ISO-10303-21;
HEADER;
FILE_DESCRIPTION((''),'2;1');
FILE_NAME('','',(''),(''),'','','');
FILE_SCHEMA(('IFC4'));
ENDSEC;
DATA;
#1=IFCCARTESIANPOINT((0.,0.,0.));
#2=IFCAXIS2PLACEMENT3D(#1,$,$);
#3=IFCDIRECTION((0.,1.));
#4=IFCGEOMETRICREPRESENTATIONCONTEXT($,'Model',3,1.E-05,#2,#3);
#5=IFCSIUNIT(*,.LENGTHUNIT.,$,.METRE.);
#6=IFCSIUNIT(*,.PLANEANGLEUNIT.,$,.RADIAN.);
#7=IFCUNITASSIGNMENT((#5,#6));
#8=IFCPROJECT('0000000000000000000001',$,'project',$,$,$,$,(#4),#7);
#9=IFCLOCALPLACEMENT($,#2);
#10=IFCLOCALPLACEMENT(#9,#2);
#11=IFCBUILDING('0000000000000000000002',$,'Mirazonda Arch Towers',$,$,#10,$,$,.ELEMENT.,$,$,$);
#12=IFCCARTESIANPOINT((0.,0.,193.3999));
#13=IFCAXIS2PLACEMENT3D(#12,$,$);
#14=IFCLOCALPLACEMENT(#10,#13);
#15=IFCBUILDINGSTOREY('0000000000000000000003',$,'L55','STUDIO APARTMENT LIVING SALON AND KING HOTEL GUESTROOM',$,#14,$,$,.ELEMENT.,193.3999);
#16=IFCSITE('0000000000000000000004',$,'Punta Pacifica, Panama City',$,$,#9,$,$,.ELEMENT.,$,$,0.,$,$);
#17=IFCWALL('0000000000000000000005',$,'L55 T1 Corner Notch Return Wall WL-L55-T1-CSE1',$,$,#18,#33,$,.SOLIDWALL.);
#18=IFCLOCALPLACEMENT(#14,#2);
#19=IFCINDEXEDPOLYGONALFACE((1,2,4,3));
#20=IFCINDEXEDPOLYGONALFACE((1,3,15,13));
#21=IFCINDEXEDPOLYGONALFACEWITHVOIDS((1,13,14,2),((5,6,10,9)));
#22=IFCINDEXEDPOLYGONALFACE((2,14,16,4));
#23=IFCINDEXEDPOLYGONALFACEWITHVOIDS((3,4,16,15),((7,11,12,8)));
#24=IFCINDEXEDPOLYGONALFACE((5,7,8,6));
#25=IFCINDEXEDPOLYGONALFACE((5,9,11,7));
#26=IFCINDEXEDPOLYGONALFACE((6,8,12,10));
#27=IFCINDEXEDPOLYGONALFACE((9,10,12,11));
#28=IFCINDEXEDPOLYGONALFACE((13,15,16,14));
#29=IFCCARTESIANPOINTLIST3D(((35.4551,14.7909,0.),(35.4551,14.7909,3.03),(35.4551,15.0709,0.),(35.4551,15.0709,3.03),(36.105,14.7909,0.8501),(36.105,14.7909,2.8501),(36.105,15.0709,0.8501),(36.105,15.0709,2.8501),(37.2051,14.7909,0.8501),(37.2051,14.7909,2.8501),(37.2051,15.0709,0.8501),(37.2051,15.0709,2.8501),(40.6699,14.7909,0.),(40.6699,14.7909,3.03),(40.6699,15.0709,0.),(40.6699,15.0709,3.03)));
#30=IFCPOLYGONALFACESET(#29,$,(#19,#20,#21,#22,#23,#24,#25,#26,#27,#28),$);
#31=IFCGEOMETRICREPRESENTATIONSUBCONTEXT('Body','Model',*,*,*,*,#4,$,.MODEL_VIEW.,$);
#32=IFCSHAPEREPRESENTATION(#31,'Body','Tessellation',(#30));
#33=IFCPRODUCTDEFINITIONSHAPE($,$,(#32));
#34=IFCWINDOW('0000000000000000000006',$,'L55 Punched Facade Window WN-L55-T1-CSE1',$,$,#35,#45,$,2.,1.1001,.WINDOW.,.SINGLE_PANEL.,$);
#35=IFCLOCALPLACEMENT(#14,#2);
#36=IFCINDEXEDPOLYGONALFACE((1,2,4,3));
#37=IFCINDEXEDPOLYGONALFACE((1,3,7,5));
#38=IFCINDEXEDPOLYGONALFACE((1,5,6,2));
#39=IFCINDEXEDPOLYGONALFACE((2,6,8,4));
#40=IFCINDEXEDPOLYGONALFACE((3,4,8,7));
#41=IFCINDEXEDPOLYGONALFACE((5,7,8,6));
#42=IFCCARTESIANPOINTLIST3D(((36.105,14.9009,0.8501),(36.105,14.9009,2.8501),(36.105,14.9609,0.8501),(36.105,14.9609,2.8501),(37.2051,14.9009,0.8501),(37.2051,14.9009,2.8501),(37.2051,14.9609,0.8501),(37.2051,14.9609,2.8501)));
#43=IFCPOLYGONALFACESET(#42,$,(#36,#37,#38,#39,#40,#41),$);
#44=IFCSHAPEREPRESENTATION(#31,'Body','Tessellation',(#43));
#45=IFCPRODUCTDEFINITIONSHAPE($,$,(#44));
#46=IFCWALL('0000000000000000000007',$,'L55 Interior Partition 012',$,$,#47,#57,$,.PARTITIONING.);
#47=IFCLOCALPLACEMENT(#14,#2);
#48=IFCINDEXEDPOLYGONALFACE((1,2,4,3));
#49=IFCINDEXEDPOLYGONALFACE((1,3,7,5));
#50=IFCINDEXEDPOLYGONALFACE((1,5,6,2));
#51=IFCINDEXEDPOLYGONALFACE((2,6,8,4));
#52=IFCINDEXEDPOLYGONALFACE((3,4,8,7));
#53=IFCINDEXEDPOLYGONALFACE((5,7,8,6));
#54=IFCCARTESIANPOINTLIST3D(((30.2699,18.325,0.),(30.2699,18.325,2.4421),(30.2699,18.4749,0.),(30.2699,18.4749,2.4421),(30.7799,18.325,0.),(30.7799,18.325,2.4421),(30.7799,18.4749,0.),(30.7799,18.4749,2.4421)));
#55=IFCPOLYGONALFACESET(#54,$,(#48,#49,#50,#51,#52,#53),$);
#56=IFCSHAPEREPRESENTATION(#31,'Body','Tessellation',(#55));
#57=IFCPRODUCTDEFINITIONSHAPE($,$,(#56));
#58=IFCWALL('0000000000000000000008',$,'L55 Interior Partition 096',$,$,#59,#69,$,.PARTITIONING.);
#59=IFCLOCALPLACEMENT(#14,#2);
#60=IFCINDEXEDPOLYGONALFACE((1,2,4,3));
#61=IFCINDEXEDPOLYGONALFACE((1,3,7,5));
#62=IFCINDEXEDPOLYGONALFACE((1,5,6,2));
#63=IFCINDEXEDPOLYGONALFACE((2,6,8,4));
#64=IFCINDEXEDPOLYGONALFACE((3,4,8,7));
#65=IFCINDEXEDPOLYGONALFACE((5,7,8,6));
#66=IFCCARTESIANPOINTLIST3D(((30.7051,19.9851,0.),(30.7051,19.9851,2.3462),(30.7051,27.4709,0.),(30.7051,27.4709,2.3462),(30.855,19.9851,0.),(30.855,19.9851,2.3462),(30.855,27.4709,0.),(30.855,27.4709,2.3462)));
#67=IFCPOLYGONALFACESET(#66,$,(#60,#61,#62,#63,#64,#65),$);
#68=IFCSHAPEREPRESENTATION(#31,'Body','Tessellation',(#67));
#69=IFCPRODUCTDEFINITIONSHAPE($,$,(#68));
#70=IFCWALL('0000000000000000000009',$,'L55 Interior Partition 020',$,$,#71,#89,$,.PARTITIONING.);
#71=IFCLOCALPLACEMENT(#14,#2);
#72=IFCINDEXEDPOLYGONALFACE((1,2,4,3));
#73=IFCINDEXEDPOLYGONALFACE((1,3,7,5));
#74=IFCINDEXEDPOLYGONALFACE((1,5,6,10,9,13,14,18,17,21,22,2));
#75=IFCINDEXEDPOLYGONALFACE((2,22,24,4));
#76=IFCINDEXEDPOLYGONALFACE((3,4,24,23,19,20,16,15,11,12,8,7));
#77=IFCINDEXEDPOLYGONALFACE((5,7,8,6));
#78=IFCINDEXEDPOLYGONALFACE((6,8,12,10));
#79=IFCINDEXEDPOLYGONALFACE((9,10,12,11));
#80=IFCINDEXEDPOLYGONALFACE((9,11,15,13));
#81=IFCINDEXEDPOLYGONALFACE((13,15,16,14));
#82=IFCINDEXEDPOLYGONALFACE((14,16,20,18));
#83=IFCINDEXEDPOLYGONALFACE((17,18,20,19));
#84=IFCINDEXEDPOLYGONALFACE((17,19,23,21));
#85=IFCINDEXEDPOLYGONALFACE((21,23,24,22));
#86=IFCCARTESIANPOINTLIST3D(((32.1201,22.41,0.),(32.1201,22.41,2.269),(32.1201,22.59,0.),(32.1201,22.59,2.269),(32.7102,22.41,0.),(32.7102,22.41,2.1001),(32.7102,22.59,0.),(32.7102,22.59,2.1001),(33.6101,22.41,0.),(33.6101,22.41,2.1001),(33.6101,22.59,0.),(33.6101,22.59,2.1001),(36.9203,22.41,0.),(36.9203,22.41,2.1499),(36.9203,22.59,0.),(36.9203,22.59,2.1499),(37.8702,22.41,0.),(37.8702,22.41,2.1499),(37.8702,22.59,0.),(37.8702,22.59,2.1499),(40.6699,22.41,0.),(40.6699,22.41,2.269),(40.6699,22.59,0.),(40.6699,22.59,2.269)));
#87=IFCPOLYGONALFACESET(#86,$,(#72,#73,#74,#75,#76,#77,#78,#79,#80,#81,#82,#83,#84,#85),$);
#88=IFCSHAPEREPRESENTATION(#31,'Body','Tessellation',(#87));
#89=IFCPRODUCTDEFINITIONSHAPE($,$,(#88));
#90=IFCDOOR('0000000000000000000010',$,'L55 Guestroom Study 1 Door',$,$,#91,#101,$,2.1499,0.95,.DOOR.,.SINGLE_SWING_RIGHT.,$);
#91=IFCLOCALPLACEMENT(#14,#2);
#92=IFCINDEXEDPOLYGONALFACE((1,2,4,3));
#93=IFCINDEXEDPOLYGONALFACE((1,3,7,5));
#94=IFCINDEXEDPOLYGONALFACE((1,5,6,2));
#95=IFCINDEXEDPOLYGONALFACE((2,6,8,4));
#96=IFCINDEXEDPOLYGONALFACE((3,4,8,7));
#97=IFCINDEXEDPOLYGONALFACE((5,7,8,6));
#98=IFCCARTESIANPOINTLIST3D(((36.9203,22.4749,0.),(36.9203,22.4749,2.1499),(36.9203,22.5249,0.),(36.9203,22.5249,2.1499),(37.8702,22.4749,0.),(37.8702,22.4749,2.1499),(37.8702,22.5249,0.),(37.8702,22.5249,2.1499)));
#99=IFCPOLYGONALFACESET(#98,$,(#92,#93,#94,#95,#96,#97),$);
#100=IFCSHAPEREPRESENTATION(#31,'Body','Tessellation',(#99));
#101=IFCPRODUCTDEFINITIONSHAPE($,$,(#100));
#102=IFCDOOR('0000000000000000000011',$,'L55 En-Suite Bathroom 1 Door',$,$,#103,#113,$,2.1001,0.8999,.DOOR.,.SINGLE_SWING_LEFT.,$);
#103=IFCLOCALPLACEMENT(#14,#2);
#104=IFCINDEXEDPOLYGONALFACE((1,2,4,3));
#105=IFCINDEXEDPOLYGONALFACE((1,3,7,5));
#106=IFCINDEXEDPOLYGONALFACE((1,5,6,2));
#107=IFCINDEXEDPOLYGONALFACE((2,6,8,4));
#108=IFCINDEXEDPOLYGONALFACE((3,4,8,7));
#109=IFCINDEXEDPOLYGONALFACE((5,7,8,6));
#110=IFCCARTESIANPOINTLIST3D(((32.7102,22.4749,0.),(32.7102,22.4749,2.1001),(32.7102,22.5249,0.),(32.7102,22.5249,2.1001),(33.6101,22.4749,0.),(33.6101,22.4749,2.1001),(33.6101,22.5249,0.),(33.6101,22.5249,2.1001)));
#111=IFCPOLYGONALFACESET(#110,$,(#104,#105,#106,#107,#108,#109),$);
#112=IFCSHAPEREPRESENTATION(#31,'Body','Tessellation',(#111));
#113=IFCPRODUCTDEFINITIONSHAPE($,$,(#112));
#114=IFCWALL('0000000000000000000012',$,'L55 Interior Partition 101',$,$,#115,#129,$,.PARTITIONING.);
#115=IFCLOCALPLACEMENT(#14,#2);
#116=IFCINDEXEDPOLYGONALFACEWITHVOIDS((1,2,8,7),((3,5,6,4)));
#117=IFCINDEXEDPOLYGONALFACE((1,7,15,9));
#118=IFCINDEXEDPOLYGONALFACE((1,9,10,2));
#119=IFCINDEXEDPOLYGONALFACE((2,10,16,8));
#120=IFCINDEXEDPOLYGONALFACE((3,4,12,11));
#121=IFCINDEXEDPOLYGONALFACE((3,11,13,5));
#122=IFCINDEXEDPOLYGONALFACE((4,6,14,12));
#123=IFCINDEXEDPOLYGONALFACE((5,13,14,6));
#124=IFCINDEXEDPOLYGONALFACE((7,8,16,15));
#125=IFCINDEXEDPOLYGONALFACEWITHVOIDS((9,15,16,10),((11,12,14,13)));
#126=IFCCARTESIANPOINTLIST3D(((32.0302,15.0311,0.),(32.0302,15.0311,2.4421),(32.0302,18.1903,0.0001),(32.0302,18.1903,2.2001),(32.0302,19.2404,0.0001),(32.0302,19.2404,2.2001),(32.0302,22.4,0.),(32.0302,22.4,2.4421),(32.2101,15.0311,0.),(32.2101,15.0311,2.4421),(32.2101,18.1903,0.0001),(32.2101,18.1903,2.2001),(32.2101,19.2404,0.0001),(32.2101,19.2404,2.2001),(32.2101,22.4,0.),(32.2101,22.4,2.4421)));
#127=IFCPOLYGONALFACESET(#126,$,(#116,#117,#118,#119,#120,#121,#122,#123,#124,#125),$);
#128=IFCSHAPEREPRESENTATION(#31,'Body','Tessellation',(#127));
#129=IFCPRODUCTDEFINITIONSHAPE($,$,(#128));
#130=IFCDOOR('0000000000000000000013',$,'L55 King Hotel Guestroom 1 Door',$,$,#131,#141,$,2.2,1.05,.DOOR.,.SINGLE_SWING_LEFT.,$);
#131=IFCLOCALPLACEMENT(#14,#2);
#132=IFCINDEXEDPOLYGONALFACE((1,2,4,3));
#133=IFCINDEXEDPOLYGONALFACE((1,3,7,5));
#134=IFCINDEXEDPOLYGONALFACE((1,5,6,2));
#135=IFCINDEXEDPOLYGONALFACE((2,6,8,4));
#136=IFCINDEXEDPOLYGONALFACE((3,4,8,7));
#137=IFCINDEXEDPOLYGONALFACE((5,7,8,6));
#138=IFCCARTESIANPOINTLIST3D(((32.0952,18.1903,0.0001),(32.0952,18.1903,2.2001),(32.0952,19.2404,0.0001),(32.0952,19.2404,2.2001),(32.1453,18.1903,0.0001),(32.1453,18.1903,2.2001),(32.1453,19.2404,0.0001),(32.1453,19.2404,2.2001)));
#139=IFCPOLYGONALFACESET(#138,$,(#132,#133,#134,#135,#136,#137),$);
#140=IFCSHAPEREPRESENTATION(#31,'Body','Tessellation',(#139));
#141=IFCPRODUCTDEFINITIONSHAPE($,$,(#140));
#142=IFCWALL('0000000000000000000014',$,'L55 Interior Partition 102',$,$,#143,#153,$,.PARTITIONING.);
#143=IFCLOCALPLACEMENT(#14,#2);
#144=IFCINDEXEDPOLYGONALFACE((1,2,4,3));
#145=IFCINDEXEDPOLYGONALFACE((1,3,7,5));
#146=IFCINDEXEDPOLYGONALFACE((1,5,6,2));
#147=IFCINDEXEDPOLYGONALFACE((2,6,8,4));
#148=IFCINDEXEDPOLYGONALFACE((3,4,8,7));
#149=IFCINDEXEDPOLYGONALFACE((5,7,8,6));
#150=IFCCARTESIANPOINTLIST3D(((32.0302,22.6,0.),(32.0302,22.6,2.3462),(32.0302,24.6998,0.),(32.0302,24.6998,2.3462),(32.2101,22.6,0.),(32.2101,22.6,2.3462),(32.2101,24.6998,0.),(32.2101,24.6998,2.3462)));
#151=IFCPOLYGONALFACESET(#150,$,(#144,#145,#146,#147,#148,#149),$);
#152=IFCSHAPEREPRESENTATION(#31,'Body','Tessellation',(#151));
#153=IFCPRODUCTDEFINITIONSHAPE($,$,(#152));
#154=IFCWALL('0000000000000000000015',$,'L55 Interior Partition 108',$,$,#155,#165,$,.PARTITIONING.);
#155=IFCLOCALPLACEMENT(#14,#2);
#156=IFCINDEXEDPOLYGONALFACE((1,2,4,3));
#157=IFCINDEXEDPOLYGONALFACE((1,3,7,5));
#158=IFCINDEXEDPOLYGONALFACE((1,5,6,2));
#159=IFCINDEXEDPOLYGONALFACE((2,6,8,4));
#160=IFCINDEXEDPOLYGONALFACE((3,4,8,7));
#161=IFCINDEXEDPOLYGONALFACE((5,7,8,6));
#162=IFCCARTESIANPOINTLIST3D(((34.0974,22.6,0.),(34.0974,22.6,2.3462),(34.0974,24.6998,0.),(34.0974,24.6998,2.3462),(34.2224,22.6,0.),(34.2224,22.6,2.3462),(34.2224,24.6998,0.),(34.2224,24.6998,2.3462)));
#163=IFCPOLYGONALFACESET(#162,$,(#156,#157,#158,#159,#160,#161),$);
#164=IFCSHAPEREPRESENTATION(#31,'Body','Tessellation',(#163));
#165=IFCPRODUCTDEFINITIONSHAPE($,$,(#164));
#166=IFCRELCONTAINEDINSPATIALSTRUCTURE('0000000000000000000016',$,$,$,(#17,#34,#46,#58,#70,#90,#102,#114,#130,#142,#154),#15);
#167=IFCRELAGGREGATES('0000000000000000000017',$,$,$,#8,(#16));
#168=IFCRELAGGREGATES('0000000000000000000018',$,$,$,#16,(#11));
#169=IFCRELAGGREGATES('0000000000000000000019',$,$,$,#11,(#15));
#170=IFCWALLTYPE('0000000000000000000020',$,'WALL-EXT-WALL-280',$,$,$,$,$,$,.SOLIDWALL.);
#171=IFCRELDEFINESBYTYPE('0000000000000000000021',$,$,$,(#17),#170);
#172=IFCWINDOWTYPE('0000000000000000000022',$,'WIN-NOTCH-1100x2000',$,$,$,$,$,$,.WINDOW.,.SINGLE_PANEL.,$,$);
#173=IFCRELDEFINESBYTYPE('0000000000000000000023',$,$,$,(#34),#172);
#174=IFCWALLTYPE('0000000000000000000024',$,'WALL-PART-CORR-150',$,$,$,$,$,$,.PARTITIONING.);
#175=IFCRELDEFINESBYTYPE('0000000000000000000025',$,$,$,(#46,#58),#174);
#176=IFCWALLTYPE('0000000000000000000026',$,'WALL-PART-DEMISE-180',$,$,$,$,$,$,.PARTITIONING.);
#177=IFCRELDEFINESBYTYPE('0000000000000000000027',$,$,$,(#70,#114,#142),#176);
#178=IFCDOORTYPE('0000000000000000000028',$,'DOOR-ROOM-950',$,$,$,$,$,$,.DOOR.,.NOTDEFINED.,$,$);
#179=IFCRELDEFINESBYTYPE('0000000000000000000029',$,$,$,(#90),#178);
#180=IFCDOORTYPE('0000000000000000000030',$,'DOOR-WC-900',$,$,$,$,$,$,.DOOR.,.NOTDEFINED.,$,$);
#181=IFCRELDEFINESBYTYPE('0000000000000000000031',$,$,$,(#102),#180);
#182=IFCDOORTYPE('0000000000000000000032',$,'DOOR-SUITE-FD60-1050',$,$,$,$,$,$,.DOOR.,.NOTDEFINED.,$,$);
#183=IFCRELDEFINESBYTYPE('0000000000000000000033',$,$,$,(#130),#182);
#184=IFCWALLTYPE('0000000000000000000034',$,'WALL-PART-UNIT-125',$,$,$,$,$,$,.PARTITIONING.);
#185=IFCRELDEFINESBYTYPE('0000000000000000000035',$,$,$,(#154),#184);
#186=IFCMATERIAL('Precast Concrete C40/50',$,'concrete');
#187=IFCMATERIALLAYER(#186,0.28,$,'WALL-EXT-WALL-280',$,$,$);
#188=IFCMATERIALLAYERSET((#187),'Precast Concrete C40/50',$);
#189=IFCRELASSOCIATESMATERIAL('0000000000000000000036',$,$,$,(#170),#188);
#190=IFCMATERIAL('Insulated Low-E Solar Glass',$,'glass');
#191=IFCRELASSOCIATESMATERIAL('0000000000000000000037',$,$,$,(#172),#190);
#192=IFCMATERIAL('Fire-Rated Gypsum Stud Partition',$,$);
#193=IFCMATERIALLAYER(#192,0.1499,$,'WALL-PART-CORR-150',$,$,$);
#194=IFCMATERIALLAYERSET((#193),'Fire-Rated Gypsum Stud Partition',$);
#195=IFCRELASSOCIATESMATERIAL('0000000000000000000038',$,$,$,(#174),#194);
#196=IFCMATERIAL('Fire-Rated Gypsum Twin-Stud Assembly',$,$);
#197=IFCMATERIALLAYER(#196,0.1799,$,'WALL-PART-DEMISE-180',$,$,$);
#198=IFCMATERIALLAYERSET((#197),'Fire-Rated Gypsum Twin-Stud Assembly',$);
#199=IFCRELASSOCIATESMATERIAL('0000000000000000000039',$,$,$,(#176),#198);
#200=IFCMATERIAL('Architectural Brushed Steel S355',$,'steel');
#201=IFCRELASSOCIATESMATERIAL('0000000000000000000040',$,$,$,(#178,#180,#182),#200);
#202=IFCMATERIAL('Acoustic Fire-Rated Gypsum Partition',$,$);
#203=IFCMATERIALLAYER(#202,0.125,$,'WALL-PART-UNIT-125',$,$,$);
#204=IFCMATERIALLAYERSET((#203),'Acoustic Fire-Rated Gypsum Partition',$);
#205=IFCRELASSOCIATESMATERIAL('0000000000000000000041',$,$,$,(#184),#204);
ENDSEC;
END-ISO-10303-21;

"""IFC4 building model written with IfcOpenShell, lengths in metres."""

from ifc_helpers import new_model, si_unit, direction, frame, frame_2d, origin, place, context, subcontext, project, spatial, rectangle, extrude, material, layer, layer_set, type_object, element, fill, save


model = new_model("IFC4")

# Units and contexts
model_context = context("Model", 3, precision=1e-05, world=origin(), true_north=direction((0.0, 1.0)))
body_context = subcontext(model_context, "Body", "Model", "MODEL_VIEW")
ifc_project = project(units=[si_unit("LENGTHUNIT", "METRE"), si_unit("PLANEANGLEUNIT", "RADIAN")], contexts=[model_context])

# Site, building, storey
site_placement = place(None, origin())
site = spatial("IfcSite", under=ifc_project, at=site_placement, Name="Punta Pacifica, Panama City", CompositionType="ELEMENT", RefElevation=0.0)
building_placement = place(site_placement, origin())
building = spatial("IfcBuilding", under=site, at=building_placement, Name="Mirazonda Arch Towers", CompositionType="ELEMENT")
storey_placement = place(building_placement, frame((0.0, 0.0, 193.3999)))
storey = spatial("IfcBuildingStorey", under=building, at=storey_placement, Name="L55", Description="STUDIO APARTMENT LIVING SALON AND KING HOTEL GUESTROOM", CompositionType="ELEMENT", Elevation=193.3999)

# Wall, opening, window
ifc_material_1 = material(Name="Precast Concrete C40/50", Category="concrete")
ifc_layer_1 = layer(ifc_material_1, 0.28, Name="WALL-EXT-WALL-280")
ifc_layer_set_1 = layer_set([ifc_layer_1], Name="Precast Concrete C40/50")
wall_type_1 = type_object("IfcWallType", Name="WALL-EXT-WALL-280", PredefinedType="SOLIDWALL", material=ifc_layer_set_1)
wall_1_placement = place(storey_placement, frame((35.4551, 14.9309, 0.0), z_axis=(0.0, 0.0, 1.0), x_axis=(1.0, 0.0, 0.0)))
wall_1 = element("IfcWall", 1, at=wall_1_placement, inside=storey, type_object=wall_type_1, Name="L55 T1 Corner Notch Return Wall WL-L55-T1-CSE1", PredefinedType="SOLIDWALL", context=body_context, shape_type="SweptSolid", body=[
    extrude(rectangle(XDim=5.2148, YDim=0.28, at=frame_2d((2.6074, 0.0))), origin(), (0.0, 0.0, 1.0), 3.03),
])
opening_1_placement = place(wall_1_placement, frame((0.6499, 0.0, 0.8501)))
opening_1 = element("IfcOpeningElement", 2, at=opening_1_placement, cuts=wall_1, PredefinedType="OPENING", context=body_context, shape_type="SweptSolid", body=[
    extrude(rectangle(XDim=1.1001, YDim=2.0, at=frame_2d((0.55, 1.0))), frame((0.0, 0.1499, 0.0), z_axis=(0.0, -1.0, 0.0), x_axis=(1.0, 0.0, 0.0)), (0.0, 0.0, 1.0), 0.3),
])
ifc_material_2 = material(Name="Insulated Low-E Solar Glass", Category="glass")
window_type = type_object("IfcWindowType", Name="WIN-NOTCH-1100x2000", PartitioningType="SINGLE_PANEL", PredefinedType="WINDOW", material=ifc_material_2)
window_placement = place(opening_1_placement, origin())
window = element("IfcWindow", 3, at=window_placement, inside=storey, type_object=window_type, Name="L55 Punched Facade Window WN-L55-T1-CSE1", OverallHeight=2.0, OverallWidth=1.1001, PartitioningType="SINGLE_PANEL", PredefinedType="WINDOW", context=body_context, shape_type="SweptSolid", body=[
    extrude(rectangle(XDim=1.1001, YDim=2.0, at=frame_2d((0.55, 1.0))), frame((0.0, 0.03, 0.0), z_axis=(0.0, -1.0, 0.0), x_axis=(1.0, 0.0, 0.0)), (0.0, 0.0, 1.0), 0.0601),
])
fill(opening_1, window)

# Walls
ifc_material_3 = material(Name="Fire-Rated Gypsum Stud Partition")
ifc_layer_2 = layer(ifc_material_3, 0.1499, Name="WALL-PART-CORR-150")
ifc_layer_set_2 = layer_set([ifc_layer_2], Name="Fire-Rated Gypsum Stud Partition")
wall_type_2 = type_object("IfcWallType", Name="WALL-PART-CORR-150", PredefinedType="PARTITIONING", material=ifc_layer_set_2)
wall_2_placement = place(storey_placement, frame((30.27, 18.3999, 0.0), z_axis=(0.0, 0.0, 1.0), x_axis=(1.0, 0.0, 0.0)))
element("IfcWall", 4, at=wall_2_placement, inside=storey, type_object=wall_type_2, Name="L55 Interior Partition 012", PredefinedType="PARTITIONING", context=body_context, shape_type="SweptSolid", body=[
    extrude(rectangle(XDim=0.51, YDim=0.1499, at=frame_2d((0.2549, 0.0))), origin(), (0.0, 0.0, 1.0), 2.4421),
])
wall_3_placement = place(storey_placement, frame((30.78, 19.9851, 0.0), z_axis=(0.0, 0.0, 1.0), x_axis=(0.0, 1.0, 0.0)))
element("IfcWall", 5, at=wall_3_placement, inside=storey, type_object=wall_type_2, Name="L55 Interior Partition 096", PredefinedType="PARTITIONING", context=body_context, shape_type="SweptSolid", body=[
    extrude(rectangle(XDim=7.4858, YDim=0.1499, at=frame_2d((3.7429, 0.0))), origin(), (0.0, 0.0, 1.0), 2.3462),
])

# Wall, openings, doors
ifc_material_4 = material(Name="Fire-Rated Gypsum Twin-Stud Assembly")
ifc_layer_3 = layer(ifc_material_4, 0.1799, Name="WALL-PART-DEMISE-180")
ifc_layer_set_3 = layer_set([ifc_layer_3], Name="Fire-Rated Gypsum Twin-Stud Assembly")
wall_type_3 = type_object("IfcWallType", Name="WALL-PART-DEMISE-180", PredefinedType="PARTITIONING", material=ifc_layer_set_3)
wall_4_placement = place(storey_placement, frame((32.1201, 22.5, 0.0), z_axis=(0.0, 0.0, 1.0), x_axis=(1.0, 0.0, 0.0)))
wall_4 = element("IfcWall", 6, at=wall_4_placement, inside=storey, type_object=wall_type_3, Name="L55 Interior Partition 020", PredefinedType="PARTITIONING", context=body_context, shape_type="SweptSolid", body=[
    extrude(rectangle(XDim=8.5498, YDim=0.1799, at=frame_2d((4.2749, 0.0))), origin(), (0.0, 0.0, 1.0), 2.269),
])
opening_2_placement = place(wall_4_placement, frame((4.8, 0.0, 0.0)))
opening_2 = element("IfcOpeningElement", 7, at=opening_2_placement, cuts=wall_4, PredefinedType="OPENING", context=body_context, shape_type="SweptSolid", body=[
    extrude(rectangle(XDim=0.95, YDim=2.1499, at=frame_2d((0.4751, 1.075))), frame((0.0, 0.0999, 0.0), z_axis=(0.0, -1.0, 0.0), x_axis=(1.0, 0.0, 0.0)), (0.0, 0.0, 1.0), 0.2),
])
opening_3_placement = place(wall_4_placement, frame((0.5901, 0.0, 0.0)))
opening_3 = element("IfcOpeningElement", 8, at=opening_3_placement, cuts=wall_4, PredefinedType="OPENING", context=body_context, shape_type="SweptSolid", body=[
    extrude(rectangle(XDim=0.8999, YDim=2.1001, at=frame_2d((0.45, 1.05))), frame((0.0, 0.0999, 0.0), z_axis=(0.0, -1.0, 0.0), x_axis=(1.0, 0.0, 0.0)), (0.0, 0.0, 1.0), 0.2),
])
ifc_material_5 = material(Name="Architectural Brushed Steel S355", Category="steel")
door_type_1 = type_object("IfcDoorType", Name="DOOR-ROOM-950", OperationType="NOTDEFINED", PredefinedType="DOOR", material=ifc_material_5)
door_1_placement = place(opening_2_placement, origin())
door_1 = element("IfcDoor", 9, at=door_1_placement, inside=storey, type_object=door_type_1, Name="L55 Guestroom Study 1 Door", OperationType="SINGLE_SWING_RIGHT", OverallHeight=2.1499, OverallWidth=0.95, PredefinedType="DOOR", context=body_context, shape_type="SweptSolid", body=[
    extrude(rectangle(XDim=0.95, YDim=2.1499, at=frame_2d((0.4751, 1.075))), frame((0.0, 0.0249, 0.0), z_axis=(0.0, -1.0, 0.0), x_axis=(1.0, 0.0, 0.0)), (0.0, 0.0, 1.0), 0.05),
])
fill(opening_2, door_1)
door_type_2 = type_object("IfcDoorType", Name="DOOR-WC-900", OperationType="NOTDEFINED", PredefinedType="DOOR", material=ifc_material_5)
door_2_placement = place(opening_3_placement, origin())
door_2 = element("IfcDoor", 10, at=door_2_placement, inside=storey, type_object=door_type_2, Name="L55 En-Suite Bathroom 1 Door", OperationType="SINGLE_SWING_LEFT", OverallHeight=2.1001, OverallWidth=0.8999, PredefinedType="DOOR", context=body_context, shape_type="SweptSolid", body=[
    extrude(rectangle(XDim=0.8999, YDim=2.1001, at=frame_2d((0.45, 1.05))), frame((0.0, 0.0249, 0.0), z_axis=(0.0, -1.0, 0.0), x_axis=(1.0, 0.0, 0.0)), (0.0, 0.0, 1.0), 0.05),
])
fill(opening_3, door_2)

# Wall, opening, door
wall_5_placement = place(storey_placement, frame((32.1201, 15.031, 0.0), z_axis=(0.0, 0.0, 1.0), x_axis=(0.0, 1.0, 0.0)))
wall_5 = element("IfcWall", 11, at=wall_5_placement, inside=storey, type_object=wall_type_3, Name="L55 Interior Partition 101", PredefinedType="PARTITIONING", context=body_context, shape_type="SweptSolid", body=[
    extrude(rectangle(XDim=7.3689, YDim=0.1799, at=frame_2d((3.6846, 0.0))), origin(), (0.0, 0.0, 1.0), 2.4421),
])
opening_4_placement = place(wall_5_placement, frame((3.1594, 0.0, 0.0)))
opening_4 = element("IfcOpeningElement", 12, at=opening_4_placement, cuts=wall_5, PredefinedType="OPENING", context=body_context, shape_type="SweptSolid", body=[
    extrude(rectangle(XDim=1.05, YDim=2.2, at=frame_2d((0.5249, 1.1001))), frame((0.0, 0.0999, 0.0), z_axis=(0.0, -1.0, 0.0), x_axis=(1.0, 0.0, 0.0)), (0.0, 0.0, 1.0), 0.2),
])
door_type_3 = type_object("IfcDoorType", Name="DOOR-SUITE-FD60-1050", OperationType="NOTDEFINED", PredefinedType="DOOR", material=ifc_material_5)
door_3_placement = place(opening_4_placement, origin())
door_3 = element("IfcDoor", 13, at=door_3_placement, inside=storey, type_object=door_type_3, Name="L55 King Hotel Guestroom 1 Door", OperationType="SINGLE_SWING_LEFT", OverallHeight=2.2, OverallWidth=1.05, PredefinedType="DOOR", context=body_context, shape_type="SweptSolid", body=[
    extrude(rectangle(XDim=1.05, YDim=2.2, at=frame_2d((0.5249, 1.1001))), frame((0.0, 0.0249, 0.0), z_axis=(0.0, -1.0, 0.0), x_axis=(1.0, 0.0, 0.0)), (0.0, 0.0, 1.0), 0.05),
])
fill(opening_4, door_3)

# Walls
wall_6_placement = place(storey_placement, frame((32.1201, 22.6001, 0.0), z_axis=(0.0, 0.0, 1.0), x_axis=(0.0, 1.0, 0.0)))
element("IfcWall", 14, at=wall_6_placement, inside=storey, type_object=wall_type_3, Name="L55 Interior Partition 102", PredefinedType="PARTITIONING", context=body_context, shape_type="SweptSolid", body=[
    extrude(rectangle(XDim=2.0999, YDim=0.1799, at=frame_2d((1.0498, 0.0))), origin(), (0.0, 0.0, 1.0), 2.3462),
])
ifc_material_6 = material(Name="Acoustic Fire-Rated Gypsum Partition")
ifc_layer_4 = layer(ifc_material_6, 0.125, Name="WALL-PART-UNIT-125")
ifc_layer_set_4 = layer_set([ifc_layer_4], Name="Acoustic Fire-Rated Gypsum Partition")
wall_type_4 = type_object("IfcWallType", Name="WALL-PART-UNIT-125", PredefinedType="PARTITIONING", material=ifc_layer_set_4)
wall_7_placement = place(storey_placement, frame((34.1599, 22.6001, 0.0), z_axis=(0.0, 0.0, 1.0), x_axis=(0.0, 1.0, 0.0)))
element("IfcWall", 15, at=wall_7_placement, inside=storey, type_object=wall_type_4, Name="L55 Interior Partition 108", PredefinedType="PARTITIONING", context=body_context, shape_type="SweptSolid", body=[
    extrude(rectangle(XDim=2.0999, YDim=0.125, at=frame_2d((1.0498, 0.0))), origin(), (0.0, 0.0, 1.0), 2.3462),
])

save(model, "model.ifc")
